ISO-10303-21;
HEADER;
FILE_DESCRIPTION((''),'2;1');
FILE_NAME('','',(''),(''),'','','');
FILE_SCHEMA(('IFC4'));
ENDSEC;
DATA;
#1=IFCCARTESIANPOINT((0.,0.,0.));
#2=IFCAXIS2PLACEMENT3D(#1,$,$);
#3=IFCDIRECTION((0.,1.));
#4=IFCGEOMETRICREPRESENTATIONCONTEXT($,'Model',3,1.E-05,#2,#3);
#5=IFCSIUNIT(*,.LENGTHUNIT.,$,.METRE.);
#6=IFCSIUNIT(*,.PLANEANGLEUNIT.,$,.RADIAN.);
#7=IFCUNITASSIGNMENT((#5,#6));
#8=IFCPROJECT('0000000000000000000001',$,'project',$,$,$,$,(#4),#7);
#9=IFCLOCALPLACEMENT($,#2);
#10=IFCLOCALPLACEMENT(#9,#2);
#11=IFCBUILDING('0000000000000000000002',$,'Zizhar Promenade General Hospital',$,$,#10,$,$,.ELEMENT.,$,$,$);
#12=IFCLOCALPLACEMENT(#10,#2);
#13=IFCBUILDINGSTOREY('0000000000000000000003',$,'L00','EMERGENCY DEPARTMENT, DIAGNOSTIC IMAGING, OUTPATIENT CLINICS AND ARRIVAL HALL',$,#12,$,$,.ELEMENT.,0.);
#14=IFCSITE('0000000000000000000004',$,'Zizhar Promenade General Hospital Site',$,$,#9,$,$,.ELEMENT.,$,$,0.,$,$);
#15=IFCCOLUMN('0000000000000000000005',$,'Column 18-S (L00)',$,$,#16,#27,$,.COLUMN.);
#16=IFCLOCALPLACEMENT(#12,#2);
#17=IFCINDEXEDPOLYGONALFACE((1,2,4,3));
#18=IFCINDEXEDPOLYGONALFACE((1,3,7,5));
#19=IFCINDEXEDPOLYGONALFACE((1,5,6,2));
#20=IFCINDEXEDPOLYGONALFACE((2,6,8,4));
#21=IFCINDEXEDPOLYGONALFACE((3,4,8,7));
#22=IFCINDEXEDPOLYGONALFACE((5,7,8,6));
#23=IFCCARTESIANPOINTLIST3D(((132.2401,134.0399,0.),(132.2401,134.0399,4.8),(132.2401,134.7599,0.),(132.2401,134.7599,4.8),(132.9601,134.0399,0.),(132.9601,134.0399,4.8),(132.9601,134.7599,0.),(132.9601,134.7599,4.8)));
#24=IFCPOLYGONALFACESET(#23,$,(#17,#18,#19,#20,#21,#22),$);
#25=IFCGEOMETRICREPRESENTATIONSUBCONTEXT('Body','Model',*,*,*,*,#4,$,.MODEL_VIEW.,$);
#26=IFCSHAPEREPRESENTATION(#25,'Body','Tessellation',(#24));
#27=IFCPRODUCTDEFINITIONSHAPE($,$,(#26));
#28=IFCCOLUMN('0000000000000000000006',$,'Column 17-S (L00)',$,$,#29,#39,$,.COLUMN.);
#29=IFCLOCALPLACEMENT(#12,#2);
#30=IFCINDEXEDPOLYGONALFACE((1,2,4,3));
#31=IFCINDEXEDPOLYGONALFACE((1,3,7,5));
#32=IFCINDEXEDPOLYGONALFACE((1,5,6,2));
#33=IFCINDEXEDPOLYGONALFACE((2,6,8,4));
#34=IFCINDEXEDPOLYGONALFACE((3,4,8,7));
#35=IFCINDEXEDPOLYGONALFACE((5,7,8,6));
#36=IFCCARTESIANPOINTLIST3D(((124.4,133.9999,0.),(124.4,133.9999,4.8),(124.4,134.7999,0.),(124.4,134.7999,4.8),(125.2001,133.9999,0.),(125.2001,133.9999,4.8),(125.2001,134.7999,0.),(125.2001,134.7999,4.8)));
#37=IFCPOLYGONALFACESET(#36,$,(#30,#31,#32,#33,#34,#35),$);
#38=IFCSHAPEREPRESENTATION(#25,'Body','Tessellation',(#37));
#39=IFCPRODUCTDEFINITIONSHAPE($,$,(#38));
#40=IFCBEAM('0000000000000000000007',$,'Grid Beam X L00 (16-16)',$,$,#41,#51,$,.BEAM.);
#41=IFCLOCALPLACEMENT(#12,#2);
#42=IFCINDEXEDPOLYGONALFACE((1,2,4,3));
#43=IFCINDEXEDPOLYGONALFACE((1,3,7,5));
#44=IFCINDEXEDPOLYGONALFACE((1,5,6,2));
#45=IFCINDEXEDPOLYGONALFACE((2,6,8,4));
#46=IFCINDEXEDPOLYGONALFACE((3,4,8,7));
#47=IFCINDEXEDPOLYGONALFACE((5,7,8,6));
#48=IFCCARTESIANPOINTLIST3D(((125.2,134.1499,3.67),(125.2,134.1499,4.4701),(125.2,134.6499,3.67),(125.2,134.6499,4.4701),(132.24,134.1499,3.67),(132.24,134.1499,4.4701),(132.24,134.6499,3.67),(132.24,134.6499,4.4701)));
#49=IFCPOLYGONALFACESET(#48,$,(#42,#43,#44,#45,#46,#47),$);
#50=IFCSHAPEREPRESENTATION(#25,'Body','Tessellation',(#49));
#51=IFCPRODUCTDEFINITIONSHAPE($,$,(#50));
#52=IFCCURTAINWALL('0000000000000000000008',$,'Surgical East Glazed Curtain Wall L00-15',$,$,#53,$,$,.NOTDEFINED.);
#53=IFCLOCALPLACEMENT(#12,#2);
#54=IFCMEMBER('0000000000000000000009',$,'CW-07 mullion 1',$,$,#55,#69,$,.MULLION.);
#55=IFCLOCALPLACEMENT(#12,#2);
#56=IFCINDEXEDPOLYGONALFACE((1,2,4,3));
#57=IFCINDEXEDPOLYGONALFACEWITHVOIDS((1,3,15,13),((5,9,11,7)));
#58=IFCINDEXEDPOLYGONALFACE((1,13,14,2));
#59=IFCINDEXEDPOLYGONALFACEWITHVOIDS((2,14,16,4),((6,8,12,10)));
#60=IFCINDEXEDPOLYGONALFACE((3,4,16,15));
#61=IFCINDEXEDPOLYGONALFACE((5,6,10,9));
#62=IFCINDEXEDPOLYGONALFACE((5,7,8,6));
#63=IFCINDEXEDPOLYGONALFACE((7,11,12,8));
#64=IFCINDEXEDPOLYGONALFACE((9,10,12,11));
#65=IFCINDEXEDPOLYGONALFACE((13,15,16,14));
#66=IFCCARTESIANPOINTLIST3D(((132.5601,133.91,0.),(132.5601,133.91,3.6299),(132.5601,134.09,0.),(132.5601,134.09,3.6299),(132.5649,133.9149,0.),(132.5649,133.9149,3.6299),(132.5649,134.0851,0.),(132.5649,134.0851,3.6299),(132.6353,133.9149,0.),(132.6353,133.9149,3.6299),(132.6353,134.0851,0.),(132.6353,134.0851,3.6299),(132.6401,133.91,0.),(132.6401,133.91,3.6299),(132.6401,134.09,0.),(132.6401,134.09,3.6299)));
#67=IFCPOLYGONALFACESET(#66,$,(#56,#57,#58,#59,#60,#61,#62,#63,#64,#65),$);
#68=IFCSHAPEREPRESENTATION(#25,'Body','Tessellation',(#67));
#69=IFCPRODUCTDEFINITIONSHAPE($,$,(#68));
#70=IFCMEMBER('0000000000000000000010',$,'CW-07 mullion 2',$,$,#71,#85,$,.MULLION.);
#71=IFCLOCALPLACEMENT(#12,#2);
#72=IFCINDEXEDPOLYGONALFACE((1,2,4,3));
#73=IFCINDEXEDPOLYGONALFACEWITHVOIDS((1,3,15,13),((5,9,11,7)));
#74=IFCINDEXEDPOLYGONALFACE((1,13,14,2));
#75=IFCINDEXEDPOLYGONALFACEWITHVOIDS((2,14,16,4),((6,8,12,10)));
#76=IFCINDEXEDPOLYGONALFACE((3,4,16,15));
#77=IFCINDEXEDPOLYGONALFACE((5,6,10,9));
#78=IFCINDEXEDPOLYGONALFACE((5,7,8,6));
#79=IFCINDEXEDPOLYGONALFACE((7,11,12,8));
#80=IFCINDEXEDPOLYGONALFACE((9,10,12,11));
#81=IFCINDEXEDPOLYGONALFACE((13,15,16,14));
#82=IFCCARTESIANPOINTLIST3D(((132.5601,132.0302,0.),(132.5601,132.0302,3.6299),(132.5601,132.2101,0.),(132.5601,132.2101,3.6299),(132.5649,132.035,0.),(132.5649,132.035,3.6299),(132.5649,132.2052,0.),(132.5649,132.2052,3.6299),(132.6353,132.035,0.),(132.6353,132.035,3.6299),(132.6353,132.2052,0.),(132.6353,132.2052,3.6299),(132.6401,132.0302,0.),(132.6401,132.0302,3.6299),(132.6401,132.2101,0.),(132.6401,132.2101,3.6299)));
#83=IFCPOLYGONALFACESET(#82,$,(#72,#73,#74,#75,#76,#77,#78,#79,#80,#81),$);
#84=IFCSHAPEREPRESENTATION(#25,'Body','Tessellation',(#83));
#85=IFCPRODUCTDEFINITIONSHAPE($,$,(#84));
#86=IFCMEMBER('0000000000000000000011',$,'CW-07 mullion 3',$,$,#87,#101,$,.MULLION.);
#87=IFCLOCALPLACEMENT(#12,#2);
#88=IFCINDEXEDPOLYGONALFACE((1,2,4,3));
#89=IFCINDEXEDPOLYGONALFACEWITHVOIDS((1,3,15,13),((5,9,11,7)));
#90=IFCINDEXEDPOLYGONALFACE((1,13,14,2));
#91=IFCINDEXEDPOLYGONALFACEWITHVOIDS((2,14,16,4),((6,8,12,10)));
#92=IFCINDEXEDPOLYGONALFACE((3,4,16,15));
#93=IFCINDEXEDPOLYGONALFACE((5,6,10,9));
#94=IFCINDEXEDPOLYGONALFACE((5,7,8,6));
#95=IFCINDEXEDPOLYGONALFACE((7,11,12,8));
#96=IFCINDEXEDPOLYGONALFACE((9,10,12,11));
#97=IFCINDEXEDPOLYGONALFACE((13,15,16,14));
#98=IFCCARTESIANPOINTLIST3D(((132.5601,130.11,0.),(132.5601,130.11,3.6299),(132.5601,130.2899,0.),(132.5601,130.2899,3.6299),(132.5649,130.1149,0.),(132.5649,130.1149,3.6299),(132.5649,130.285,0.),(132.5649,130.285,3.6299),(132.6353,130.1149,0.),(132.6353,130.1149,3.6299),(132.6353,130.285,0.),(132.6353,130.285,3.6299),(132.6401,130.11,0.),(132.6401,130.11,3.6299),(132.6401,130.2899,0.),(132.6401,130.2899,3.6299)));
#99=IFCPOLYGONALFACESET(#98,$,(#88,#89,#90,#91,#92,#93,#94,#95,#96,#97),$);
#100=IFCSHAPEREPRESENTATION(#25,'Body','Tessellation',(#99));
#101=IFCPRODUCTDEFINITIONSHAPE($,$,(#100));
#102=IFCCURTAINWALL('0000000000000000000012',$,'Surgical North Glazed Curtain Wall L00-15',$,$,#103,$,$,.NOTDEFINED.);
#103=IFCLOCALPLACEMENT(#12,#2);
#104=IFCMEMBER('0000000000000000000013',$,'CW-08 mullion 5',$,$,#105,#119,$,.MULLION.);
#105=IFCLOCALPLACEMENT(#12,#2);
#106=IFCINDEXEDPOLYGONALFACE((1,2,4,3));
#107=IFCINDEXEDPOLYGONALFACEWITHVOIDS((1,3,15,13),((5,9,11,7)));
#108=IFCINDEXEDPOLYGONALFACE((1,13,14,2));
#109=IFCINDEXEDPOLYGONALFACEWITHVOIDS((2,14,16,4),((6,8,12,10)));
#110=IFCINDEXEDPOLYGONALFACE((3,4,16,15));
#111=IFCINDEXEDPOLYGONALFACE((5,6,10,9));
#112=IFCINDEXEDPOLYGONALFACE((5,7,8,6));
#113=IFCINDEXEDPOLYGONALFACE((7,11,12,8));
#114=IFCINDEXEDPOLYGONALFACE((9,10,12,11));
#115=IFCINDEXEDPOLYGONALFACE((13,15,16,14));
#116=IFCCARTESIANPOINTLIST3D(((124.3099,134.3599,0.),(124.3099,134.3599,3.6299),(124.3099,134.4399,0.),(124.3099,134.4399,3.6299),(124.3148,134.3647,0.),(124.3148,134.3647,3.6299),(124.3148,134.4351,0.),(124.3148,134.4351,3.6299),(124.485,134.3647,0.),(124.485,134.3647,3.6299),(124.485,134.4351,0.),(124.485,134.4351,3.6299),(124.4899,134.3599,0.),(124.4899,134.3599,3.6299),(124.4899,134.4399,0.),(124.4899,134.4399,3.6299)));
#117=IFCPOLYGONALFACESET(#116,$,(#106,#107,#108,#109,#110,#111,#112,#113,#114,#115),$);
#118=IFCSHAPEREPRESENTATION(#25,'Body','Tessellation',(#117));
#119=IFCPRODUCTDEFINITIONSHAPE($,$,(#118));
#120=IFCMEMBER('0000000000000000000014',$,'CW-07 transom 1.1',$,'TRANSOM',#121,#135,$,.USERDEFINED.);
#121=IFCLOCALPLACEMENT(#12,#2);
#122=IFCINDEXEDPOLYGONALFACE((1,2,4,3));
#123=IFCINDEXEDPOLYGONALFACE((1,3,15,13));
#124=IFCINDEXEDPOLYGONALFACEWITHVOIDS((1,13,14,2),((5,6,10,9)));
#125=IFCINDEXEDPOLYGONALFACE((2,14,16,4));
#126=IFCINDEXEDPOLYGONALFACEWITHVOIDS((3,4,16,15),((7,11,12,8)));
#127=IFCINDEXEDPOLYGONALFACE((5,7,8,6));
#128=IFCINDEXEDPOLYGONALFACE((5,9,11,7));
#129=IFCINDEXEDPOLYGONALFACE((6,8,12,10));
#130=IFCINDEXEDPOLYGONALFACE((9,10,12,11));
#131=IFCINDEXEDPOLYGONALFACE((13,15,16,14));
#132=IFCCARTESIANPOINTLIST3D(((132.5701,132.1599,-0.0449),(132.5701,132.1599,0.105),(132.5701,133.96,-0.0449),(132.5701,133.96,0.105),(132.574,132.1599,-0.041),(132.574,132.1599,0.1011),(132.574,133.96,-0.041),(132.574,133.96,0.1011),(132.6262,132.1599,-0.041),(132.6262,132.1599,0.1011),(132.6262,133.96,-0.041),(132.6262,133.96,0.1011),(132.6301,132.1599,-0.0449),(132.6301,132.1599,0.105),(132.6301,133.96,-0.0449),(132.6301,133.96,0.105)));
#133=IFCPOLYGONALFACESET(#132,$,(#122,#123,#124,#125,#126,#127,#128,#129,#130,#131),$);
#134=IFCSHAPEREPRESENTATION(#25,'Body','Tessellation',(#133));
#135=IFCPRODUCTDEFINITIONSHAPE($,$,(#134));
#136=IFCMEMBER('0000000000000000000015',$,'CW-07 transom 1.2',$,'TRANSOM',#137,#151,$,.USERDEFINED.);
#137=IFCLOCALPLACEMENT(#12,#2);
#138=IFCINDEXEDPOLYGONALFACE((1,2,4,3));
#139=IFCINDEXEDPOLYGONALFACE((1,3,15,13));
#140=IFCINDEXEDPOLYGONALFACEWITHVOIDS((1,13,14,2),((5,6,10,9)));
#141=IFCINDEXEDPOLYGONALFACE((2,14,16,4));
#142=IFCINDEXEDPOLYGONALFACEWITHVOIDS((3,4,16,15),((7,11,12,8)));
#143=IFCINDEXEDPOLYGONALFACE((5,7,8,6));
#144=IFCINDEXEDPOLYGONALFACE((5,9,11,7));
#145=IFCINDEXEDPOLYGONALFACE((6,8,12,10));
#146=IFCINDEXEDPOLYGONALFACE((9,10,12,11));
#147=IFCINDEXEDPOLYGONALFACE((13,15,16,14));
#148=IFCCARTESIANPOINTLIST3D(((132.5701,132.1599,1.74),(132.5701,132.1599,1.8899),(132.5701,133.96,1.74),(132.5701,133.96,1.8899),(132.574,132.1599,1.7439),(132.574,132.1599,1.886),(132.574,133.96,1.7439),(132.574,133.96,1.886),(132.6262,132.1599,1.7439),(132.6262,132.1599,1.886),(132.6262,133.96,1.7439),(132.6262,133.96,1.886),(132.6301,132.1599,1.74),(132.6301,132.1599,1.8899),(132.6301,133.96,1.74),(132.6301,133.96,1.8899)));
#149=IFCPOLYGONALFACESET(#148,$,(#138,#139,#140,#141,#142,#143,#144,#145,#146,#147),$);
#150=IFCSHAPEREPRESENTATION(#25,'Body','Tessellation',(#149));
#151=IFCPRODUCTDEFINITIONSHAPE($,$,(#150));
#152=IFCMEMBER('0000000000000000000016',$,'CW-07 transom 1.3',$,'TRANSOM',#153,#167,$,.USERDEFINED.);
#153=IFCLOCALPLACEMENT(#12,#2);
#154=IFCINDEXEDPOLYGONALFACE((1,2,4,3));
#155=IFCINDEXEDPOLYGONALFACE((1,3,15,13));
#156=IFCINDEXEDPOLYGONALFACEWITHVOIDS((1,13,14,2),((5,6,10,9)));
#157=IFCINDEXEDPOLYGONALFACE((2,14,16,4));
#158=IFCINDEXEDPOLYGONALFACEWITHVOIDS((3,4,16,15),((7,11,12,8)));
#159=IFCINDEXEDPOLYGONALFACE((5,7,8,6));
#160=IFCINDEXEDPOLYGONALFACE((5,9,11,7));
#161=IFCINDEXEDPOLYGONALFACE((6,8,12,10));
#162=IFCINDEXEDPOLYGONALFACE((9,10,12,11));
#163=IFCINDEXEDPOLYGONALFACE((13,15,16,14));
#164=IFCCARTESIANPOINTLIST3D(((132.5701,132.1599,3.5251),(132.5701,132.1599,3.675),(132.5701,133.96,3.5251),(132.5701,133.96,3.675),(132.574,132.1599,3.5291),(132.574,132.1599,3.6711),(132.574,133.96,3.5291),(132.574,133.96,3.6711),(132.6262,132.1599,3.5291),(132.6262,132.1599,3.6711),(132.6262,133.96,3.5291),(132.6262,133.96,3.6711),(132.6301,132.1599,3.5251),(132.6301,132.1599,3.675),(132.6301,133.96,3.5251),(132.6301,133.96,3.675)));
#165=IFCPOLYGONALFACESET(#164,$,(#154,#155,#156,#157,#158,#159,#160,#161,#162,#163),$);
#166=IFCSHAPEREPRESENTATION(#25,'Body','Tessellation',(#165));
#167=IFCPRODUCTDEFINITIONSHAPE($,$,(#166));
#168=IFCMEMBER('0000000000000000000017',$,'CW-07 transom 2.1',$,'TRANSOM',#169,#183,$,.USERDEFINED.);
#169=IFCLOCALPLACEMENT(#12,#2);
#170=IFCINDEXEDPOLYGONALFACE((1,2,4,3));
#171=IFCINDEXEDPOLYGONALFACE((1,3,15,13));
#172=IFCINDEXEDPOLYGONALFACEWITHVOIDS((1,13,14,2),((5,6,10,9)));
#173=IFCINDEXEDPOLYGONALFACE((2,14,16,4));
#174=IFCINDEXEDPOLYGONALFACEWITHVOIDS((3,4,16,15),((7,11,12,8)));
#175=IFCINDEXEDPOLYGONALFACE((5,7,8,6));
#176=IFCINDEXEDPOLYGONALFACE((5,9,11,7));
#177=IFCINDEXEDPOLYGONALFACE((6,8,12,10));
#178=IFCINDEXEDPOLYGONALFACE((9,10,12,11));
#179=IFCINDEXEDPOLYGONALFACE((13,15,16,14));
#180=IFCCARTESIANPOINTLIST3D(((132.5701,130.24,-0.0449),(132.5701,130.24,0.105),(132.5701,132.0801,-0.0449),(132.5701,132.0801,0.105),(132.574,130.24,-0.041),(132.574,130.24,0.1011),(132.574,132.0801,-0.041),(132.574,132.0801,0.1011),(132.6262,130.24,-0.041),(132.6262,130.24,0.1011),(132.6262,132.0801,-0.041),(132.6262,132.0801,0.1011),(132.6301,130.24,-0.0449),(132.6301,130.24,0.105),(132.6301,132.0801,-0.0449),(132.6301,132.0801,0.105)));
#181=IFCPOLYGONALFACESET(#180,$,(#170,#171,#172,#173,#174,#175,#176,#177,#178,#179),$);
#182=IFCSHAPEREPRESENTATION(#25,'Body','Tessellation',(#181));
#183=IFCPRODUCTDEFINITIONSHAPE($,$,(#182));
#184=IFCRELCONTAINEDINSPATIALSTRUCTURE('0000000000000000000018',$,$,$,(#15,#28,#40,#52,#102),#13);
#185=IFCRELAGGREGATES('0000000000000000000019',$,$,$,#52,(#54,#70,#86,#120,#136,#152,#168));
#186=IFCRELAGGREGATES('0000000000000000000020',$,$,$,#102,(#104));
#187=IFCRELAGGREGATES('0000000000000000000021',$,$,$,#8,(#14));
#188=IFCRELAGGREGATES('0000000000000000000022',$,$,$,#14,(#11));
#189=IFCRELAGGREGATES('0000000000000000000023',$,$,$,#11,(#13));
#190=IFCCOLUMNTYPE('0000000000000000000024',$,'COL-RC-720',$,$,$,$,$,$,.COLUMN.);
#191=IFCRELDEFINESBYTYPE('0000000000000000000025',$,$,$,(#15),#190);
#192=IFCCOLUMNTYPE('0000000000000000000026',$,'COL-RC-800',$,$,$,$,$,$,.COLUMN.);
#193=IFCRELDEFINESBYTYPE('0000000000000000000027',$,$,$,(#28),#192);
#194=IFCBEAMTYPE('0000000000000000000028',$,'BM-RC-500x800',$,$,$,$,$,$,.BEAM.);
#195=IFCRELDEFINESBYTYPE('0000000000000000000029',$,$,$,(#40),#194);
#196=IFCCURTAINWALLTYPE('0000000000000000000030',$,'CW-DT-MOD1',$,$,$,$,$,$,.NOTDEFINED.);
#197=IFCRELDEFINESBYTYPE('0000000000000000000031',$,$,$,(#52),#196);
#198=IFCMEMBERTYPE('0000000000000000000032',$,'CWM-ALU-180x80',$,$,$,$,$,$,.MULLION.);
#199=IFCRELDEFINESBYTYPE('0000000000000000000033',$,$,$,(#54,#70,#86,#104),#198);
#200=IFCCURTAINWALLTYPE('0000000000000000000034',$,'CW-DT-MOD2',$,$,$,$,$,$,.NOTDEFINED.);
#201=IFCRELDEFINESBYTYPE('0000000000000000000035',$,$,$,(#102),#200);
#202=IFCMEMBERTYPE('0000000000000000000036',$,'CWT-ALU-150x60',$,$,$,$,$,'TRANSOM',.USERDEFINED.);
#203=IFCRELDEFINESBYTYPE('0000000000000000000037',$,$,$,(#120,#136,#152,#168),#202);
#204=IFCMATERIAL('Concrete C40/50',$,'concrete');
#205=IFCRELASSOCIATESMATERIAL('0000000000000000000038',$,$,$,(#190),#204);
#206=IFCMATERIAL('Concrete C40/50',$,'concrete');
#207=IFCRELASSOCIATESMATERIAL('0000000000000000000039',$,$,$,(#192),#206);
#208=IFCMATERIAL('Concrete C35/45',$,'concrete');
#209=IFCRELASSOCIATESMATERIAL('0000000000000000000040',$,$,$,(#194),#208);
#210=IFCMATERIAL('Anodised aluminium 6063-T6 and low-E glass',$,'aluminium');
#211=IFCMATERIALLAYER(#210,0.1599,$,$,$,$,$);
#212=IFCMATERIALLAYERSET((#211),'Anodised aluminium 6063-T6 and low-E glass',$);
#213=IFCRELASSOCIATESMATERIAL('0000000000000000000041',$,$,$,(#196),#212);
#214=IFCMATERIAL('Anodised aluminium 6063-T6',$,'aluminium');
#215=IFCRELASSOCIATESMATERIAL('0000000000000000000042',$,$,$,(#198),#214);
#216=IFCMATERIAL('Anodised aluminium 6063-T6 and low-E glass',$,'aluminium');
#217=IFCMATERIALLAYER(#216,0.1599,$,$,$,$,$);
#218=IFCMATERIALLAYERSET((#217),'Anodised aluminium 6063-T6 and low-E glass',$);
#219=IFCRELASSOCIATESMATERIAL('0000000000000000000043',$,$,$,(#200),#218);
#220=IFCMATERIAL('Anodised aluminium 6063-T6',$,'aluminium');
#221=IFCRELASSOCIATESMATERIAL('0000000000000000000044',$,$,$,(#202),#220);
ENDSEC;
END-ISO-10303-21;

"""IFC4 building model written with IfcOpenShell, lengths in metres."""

from ifc_helpers import new_model, si_unit, direction, frame, origin, origin_2d, place, context, subcontext, project, spatial, rectangle, hollow_rectangle, extrude, material, layer, layer_set, material_profile, profile_set, type_object, element, aggregate, save


model = new_model("IFC4")

# Units and contexts
model_context = context("Model", 3, precision=1e-05, world=origin(), true_north=direction((0.0, 1.0)))
body_context = subcontext(model_context, "Body", "Model", "MODEL_VIEW")
ifc_project = project(units=[si_unit("LENGTHUNIT", "METRE"), si_unit("PLANEANGLEUNIT", "RADIAN")], contexts=[model_context])

# Site, building, storey
site_placement = place(None, origin())
site = spatial("IfcSite", under=ifc_project, at=site_placement, Name="Zizhar Promenade General Hospital Site", CompositionType="ELEMENT", RefElevation=0.0)
building_placement = place(site_placement, origin())
building = spatial("IfcBuilding", under=site, at=building_placement, Name="Zizhar Promenade General Hospital", CompositionType="ELEMENT")
storey_placement = place(building_placement, origin())
storey = spatial("IfcBuildingStorey", under=building, at=storey_placement, Name="L00", Description="EMERGENCY DEPARTMENT, DIAGNOSTIC IMAGING, OUTPATIENT CLINICS AND ARRIVAL HALL", CompositionType="ELEMENT", Elevation=0.0)

# Columns
ifc_material_1 = material(Name="Concrete C40/50", Category="concrete")
ifc_material_profile_1 = material_profile(ifc_material_1, rectangle(XDim=0.72, YDim=0.72, at=origin_2d()))
ifc_profile_set_1 = profile_set([ifc_material_profile_1], Name="Concrete C40/50")
column_type_1 = type_object("IfcColumnType", Name="COL-RC-720", PredefinedType="COLUMN", material=ifc_profile_set_1)
column_1_placement = place(storey_placement, frame((132.6001, 134.3999, 0.0), z_axis=(0.0, 0.0, 1.0), x_axis=(1.0, 0.0, 0.0)))
element("IfcColumn", 1, at=column_1_placement, inside=storey, type_object=column_type_1, Name="Column 18-S (L00)", PredefinedType="COLUMN", context=body_context, shape_type="SweptSolid", body=[
    extrude(rectangle(XDim=0.72, YDim=0.72, at=origin_2d()), origin(), (0.0, 0.0, 1.0), 4.8),
])
ifc_material_2 = material(Name="Concrete C40/50", Category="concrete")
ifc_material_profile_2 = material_profile(ifc_material_2, rectangle(XDim=0.8, YDim=0.8, at=origin_2d()))
ifc_profile_set_2 = profile_set([ifc_material_profile_2], Name="Concrete C40/50")
column_type_2 = type_object("IfcColumnType", Name="COL-RC-800", PredefinedType="COLUMN", material=ifc_profile_set_2)
column_2_placement = place(storey_placement, frame((124.8, 134.3999, 0.0), z_axis=(0.0, 0.0, 1.0), x_axis=(1.0, 0.0, 0.0)))
element("IfcColumn", 2, at=column_2_placement, inside=storey, type_object=column_type_2, Name="Column 17-S (L00)", PredefinedType="COLUMN", context=body_context, shape_type="SweptSolid", body=[
    extrude(rectangle(XDim=0.8, YDim=0.8, at=origin_2d()), origin(), (0.0, 0.0, 1.0), 4.8),
])

# Beam
ifc_material_3 = material(Name="Concrete C35/45", Category="concrete")
ifc_material_profile_3 = material_profile(ifc_material_3, rectangle(XDim=0.5, YDim=0.8, at=origin_2d()))
ifc_profile_set_3 = profile_set([ifc_material_profile_3], Name="Concrete C35/45")
beam_type = type_object("IfcBeamType", Name="BM-RC-500x800", PredefinedType="BEAM", material=ifc_profile_set_3)
beam_placement = place(storey_placement, frame((125.2, 134.3999, 4.0701), z_axis=(1.0, 0.0, 0.0), x_axis=(0.0, 1.0, 0.0)))
element("IfcBeam", 3, at=beam_placement, inside=storey, type_object=beam_type, Name="Grid Beam X L00 (16-16)", PredefinedType="BEAM", context=body_context, shape_type="SweptSolid", body=[
    extrude(rectangle(XDim=0.5, YDim=0.8, at=origin_2d()), origin(), (0.0, 0.0, 1.0), 7.04),
])

# Curtain wall, members
ifc_material_4 = material(Name="Anodised aluminium 6063-T6 and low-E glass", Category="aluminium")
ifc_layer_1 = layer(ifc_material_4, 0.1599)
ifc_layer_set_1 = layer_set([ifc_layer_1], Name="Anodised aluminium 6063-T6 and low-E glass")
curtain_wall_type_1 = type_object("IfcCurtainWallType", Name="CW-DT-MOD1", PredefinedType="NOTDEFINED", material=ifc_layer_set_1)
curtain_wall_1_placement = place(storey_placement, origin())
curtain_wall_1 = element("IfcCurtainWall", 4, at=curtain_wall_1_placement, inside=storey, type_object=curtain_wall_type_1, Name="Surgical East Glazed Curtain Wall L00-15", PredefinedType="NOTDEFINED")
ifc_material_5 = material(Name="Anodised aluminium 6063-T6", Category="aluminium")
ifc_material_profile_4 = material_profile(ifc_material_5, hollow_rectangle(XDim=0.0801, YDim=0.1799, WallThickness=0.0049, at=origin_2d()))
ifc_profile_set_4 = profile_set([ifc_material_profile_4], Name="Anodised aluminium 6063-T6")
member_type_1 = type_object("IfcMemberType", Name="CWM-ALU-180x80", PredefinedType="MULLION", material=ifc_profile_set_4)
member_1_placement = place(storey_placement, frame((132.6001, 134.0, 0.0), z_axis=(0.0, 0.0, 1.0), x_axis=(1.0, 0.0, 0.0)))
member_1 = element("IfcMember", 5, at=member_1_placement, type_object=member_type_1, Name="CW-07 mullion 1", PredefinedType="MULLION", context=body_context, shape_type="SweptSolid", body=[
    extrude(hollow_rectangle(XDim=0.0801, YDim=0.1799, WallThickness=0.0049, at=origin_2d()), origin(), (0.0, 0.0, 1.0), 3.6299),
])
member_2_placement = place(storey_placement, frame((132.6001, 132.1201, 0.0), z_axis=(0.0, 0.0, 1.0), x_axis=(1.0, 0.0, 0.0)))
member_2 = element("IfcMember", 6, at=member_2_placement, type_object=member_type_1, Name="CW-07 mullion 2", PredefinedType="MULLION", context=body_context, shape_type="SweptSolid", body=[
    extrude(hollow_rectangle(XDim=0.0801, YDim=0.1799, WallThickness=0.0049, at=origin_2d()), origin(), (0.0, 0.0, 1.0), 3.6299),
])
member_3_placement = place(storey_placement, frame((132.6001, 130.2, 0.0), z_axis=(0.0, 0.0, 1.0), x_axis=(1.0, 0.0, 0.0)))
member_3 = element("IfcMember", 7, at=member_3_placement, type_object=member_type_1, Name="CW-07 mullion 3", PredefinedType="MULLION", context=body_context, shape_type="SweptSolid", body=[
    extrude(hollow_rectangle(XDim=0.0801, YDim=0.1799, WallThickness=0.0049, at=origin_2d()), origin(), (0.0, 0.0, 1.0), 3.6299),
])

# Curtain wall, member
ifc_material_6 = material(Name="Anodised aluminium 6063-T6 and low-E glass", Category="aluminium")
ifc_layer_2 = layer(ifc_material_6, 0.1599)
ifc_layer_set_2 = layer_set([ifc_layer_2], Name="Anodised aluminium 6063-T6 and low-E glass")
curtain_wall_type_2 = type_object("IfcCurtainWallType", Name="CW-DT-MOD2", PredefinedType="NOTDEFINED", material=ifc_layer_set_2)
curtain_wall_2_placement = place(storey_placement, origin())
curtain_wall_2 = element("IfcCurtainWall", 8, at=curtain_wall_2_placement, inside=storey, type_object=curtain_wall_type_2, Name="Surgical North Glazed Curtain Wall L00-15", PredefinedType="NOTDEFINED")
member_4_placement = place(storey_placement, frame((124.3999, 134.3999, 0.0), z_axis=(0.0, 0.0, 1.0), x_axis=(0.0, 1.0, 0.0)))
member_4 = element("IfcMember", 9, at=member_4_placement, type_object=member_type_1, Name="CW-08 mullion 5", PredefinedType="MULLION", context=body_context, shape_type="SweptSolid", body=[
    extrude(hollow_rectangle(XDim=0.0801, YDim=0.1799, WallThickness=0.0049, at=origin_2d()), origin(), (0.0, 0.0, 1.0), 3.6299),
])

# Members
ifc_material_7 = material(Name="Anodised aluminium 6063-T6", Category="aluminium")
ifc_material_profile_5 = material_profile(ifc_material_7, hollow_rectangle(XDim=0.0601, YDim=0.1499, WallThickness=0.0039, at=origin_2d()))
ifc_profile_set_5 = profile_set([ifc_material_profile_5], Name="Anodised aluminium 6063-T6")
member_type_2 = type_object("IfcMemberType", Name="CWT-ALU-150x60", ElementType="TRANSOM", PredefinedType="USERDEFINED", material=ifc_profile_set_5)
member_5_placement = place(storey_placement, frame((132.6001, 133.96, 0.03), z_axis=(0.0, -1.0, 0.0), x_axis=(1.0, 0.0, 0.0)))
member_5 = element("IfcMember", 10, at=member_5_placement, type_object=member_type_2, Name="CW-07 transom 1.1", ObjectType="TRANSOM", PredefinedType="USERDEFINED", context=body_context, shape_type="SweptSolid", body=[
    extrude(hollow_rectangle(XDim=0.0601, YDim=0.1499, WallThickness=0.0039, at=origin_2d()), origin(), (0.0, 0.0, 1.0), 1.8),
])
member_6_placement = place(storey_placement, frame((132.6001, 133.96, 1.8149), z_axis=(0.0, -1.0, 0.0), x_axis=(1.0, 0.0, 0.0)))
member_6 = element("IfcMember", 11, at=member_6_placement, type_object=member_type_2, Name="CW-07 transom 1.2", ObjectType="TRANSOM", PredefinedType="USERDEFINED", context=body_context, shape_type="SweptSolid", body=[
    extrude(hollow_rectangle(XDim=0.0601, YDim=0.1499, WallThickness=0.0039, at=origin_2d()), origin(), (0.0, 0.0, 1.0), 1.8),
])
member_7_placement = place(storey_placement, frame((132.6001, 133.96, 3.6001), z_axis=(0.0, -1.0, 0.0), x_axis=(1.0, 0.0, 0.0)))
member_7 = element("IfcMember", 12, at=member_7_placement, type_object=member_type_2, Name="CW-07 transom 1.3", ObjectType="TRANSOM", PredefinedType="USERDEFINED", context=body_context, shape_type="SweptSolid", body=[
    extrude(hollow_rectangle(XDim=0.0601, YDim=0.1499, WallThickness=0.0039, at=origin_2d()), origin(), (0.0, 0.0, 1.0), 1.8),
])
member_8_placement = place(storey_placement, frame((132.6001, 132.0801, 0.03), z_axis=(0.0, -1.0, 0.0), x_axis=(1.0, 0.0, 0.0)))
member_8 = element("IfcMember", 13, at=member_8_placement, type_object=member_type_2, Name="CW-07 transom 2.1", ObjectType="TRANSOM", PredefinedType="USERDEFINED", context=body_context, shape_type="SweptSolid", body=[
    extrude(hollow_rectangle(XDim=0.0601, YDim=0.1499, WallThickness=0.0039, at=origin_2d()), origin(), (0.0, 0.0, 1.0), 1.8401),
])

aggregate(curtain_wall_1, [member_1, member_2, member_3, member_5, member_6, member_7, member_8])
aggregate(curtain_wall_2, [member_4])

save(model, "model.ifc")
